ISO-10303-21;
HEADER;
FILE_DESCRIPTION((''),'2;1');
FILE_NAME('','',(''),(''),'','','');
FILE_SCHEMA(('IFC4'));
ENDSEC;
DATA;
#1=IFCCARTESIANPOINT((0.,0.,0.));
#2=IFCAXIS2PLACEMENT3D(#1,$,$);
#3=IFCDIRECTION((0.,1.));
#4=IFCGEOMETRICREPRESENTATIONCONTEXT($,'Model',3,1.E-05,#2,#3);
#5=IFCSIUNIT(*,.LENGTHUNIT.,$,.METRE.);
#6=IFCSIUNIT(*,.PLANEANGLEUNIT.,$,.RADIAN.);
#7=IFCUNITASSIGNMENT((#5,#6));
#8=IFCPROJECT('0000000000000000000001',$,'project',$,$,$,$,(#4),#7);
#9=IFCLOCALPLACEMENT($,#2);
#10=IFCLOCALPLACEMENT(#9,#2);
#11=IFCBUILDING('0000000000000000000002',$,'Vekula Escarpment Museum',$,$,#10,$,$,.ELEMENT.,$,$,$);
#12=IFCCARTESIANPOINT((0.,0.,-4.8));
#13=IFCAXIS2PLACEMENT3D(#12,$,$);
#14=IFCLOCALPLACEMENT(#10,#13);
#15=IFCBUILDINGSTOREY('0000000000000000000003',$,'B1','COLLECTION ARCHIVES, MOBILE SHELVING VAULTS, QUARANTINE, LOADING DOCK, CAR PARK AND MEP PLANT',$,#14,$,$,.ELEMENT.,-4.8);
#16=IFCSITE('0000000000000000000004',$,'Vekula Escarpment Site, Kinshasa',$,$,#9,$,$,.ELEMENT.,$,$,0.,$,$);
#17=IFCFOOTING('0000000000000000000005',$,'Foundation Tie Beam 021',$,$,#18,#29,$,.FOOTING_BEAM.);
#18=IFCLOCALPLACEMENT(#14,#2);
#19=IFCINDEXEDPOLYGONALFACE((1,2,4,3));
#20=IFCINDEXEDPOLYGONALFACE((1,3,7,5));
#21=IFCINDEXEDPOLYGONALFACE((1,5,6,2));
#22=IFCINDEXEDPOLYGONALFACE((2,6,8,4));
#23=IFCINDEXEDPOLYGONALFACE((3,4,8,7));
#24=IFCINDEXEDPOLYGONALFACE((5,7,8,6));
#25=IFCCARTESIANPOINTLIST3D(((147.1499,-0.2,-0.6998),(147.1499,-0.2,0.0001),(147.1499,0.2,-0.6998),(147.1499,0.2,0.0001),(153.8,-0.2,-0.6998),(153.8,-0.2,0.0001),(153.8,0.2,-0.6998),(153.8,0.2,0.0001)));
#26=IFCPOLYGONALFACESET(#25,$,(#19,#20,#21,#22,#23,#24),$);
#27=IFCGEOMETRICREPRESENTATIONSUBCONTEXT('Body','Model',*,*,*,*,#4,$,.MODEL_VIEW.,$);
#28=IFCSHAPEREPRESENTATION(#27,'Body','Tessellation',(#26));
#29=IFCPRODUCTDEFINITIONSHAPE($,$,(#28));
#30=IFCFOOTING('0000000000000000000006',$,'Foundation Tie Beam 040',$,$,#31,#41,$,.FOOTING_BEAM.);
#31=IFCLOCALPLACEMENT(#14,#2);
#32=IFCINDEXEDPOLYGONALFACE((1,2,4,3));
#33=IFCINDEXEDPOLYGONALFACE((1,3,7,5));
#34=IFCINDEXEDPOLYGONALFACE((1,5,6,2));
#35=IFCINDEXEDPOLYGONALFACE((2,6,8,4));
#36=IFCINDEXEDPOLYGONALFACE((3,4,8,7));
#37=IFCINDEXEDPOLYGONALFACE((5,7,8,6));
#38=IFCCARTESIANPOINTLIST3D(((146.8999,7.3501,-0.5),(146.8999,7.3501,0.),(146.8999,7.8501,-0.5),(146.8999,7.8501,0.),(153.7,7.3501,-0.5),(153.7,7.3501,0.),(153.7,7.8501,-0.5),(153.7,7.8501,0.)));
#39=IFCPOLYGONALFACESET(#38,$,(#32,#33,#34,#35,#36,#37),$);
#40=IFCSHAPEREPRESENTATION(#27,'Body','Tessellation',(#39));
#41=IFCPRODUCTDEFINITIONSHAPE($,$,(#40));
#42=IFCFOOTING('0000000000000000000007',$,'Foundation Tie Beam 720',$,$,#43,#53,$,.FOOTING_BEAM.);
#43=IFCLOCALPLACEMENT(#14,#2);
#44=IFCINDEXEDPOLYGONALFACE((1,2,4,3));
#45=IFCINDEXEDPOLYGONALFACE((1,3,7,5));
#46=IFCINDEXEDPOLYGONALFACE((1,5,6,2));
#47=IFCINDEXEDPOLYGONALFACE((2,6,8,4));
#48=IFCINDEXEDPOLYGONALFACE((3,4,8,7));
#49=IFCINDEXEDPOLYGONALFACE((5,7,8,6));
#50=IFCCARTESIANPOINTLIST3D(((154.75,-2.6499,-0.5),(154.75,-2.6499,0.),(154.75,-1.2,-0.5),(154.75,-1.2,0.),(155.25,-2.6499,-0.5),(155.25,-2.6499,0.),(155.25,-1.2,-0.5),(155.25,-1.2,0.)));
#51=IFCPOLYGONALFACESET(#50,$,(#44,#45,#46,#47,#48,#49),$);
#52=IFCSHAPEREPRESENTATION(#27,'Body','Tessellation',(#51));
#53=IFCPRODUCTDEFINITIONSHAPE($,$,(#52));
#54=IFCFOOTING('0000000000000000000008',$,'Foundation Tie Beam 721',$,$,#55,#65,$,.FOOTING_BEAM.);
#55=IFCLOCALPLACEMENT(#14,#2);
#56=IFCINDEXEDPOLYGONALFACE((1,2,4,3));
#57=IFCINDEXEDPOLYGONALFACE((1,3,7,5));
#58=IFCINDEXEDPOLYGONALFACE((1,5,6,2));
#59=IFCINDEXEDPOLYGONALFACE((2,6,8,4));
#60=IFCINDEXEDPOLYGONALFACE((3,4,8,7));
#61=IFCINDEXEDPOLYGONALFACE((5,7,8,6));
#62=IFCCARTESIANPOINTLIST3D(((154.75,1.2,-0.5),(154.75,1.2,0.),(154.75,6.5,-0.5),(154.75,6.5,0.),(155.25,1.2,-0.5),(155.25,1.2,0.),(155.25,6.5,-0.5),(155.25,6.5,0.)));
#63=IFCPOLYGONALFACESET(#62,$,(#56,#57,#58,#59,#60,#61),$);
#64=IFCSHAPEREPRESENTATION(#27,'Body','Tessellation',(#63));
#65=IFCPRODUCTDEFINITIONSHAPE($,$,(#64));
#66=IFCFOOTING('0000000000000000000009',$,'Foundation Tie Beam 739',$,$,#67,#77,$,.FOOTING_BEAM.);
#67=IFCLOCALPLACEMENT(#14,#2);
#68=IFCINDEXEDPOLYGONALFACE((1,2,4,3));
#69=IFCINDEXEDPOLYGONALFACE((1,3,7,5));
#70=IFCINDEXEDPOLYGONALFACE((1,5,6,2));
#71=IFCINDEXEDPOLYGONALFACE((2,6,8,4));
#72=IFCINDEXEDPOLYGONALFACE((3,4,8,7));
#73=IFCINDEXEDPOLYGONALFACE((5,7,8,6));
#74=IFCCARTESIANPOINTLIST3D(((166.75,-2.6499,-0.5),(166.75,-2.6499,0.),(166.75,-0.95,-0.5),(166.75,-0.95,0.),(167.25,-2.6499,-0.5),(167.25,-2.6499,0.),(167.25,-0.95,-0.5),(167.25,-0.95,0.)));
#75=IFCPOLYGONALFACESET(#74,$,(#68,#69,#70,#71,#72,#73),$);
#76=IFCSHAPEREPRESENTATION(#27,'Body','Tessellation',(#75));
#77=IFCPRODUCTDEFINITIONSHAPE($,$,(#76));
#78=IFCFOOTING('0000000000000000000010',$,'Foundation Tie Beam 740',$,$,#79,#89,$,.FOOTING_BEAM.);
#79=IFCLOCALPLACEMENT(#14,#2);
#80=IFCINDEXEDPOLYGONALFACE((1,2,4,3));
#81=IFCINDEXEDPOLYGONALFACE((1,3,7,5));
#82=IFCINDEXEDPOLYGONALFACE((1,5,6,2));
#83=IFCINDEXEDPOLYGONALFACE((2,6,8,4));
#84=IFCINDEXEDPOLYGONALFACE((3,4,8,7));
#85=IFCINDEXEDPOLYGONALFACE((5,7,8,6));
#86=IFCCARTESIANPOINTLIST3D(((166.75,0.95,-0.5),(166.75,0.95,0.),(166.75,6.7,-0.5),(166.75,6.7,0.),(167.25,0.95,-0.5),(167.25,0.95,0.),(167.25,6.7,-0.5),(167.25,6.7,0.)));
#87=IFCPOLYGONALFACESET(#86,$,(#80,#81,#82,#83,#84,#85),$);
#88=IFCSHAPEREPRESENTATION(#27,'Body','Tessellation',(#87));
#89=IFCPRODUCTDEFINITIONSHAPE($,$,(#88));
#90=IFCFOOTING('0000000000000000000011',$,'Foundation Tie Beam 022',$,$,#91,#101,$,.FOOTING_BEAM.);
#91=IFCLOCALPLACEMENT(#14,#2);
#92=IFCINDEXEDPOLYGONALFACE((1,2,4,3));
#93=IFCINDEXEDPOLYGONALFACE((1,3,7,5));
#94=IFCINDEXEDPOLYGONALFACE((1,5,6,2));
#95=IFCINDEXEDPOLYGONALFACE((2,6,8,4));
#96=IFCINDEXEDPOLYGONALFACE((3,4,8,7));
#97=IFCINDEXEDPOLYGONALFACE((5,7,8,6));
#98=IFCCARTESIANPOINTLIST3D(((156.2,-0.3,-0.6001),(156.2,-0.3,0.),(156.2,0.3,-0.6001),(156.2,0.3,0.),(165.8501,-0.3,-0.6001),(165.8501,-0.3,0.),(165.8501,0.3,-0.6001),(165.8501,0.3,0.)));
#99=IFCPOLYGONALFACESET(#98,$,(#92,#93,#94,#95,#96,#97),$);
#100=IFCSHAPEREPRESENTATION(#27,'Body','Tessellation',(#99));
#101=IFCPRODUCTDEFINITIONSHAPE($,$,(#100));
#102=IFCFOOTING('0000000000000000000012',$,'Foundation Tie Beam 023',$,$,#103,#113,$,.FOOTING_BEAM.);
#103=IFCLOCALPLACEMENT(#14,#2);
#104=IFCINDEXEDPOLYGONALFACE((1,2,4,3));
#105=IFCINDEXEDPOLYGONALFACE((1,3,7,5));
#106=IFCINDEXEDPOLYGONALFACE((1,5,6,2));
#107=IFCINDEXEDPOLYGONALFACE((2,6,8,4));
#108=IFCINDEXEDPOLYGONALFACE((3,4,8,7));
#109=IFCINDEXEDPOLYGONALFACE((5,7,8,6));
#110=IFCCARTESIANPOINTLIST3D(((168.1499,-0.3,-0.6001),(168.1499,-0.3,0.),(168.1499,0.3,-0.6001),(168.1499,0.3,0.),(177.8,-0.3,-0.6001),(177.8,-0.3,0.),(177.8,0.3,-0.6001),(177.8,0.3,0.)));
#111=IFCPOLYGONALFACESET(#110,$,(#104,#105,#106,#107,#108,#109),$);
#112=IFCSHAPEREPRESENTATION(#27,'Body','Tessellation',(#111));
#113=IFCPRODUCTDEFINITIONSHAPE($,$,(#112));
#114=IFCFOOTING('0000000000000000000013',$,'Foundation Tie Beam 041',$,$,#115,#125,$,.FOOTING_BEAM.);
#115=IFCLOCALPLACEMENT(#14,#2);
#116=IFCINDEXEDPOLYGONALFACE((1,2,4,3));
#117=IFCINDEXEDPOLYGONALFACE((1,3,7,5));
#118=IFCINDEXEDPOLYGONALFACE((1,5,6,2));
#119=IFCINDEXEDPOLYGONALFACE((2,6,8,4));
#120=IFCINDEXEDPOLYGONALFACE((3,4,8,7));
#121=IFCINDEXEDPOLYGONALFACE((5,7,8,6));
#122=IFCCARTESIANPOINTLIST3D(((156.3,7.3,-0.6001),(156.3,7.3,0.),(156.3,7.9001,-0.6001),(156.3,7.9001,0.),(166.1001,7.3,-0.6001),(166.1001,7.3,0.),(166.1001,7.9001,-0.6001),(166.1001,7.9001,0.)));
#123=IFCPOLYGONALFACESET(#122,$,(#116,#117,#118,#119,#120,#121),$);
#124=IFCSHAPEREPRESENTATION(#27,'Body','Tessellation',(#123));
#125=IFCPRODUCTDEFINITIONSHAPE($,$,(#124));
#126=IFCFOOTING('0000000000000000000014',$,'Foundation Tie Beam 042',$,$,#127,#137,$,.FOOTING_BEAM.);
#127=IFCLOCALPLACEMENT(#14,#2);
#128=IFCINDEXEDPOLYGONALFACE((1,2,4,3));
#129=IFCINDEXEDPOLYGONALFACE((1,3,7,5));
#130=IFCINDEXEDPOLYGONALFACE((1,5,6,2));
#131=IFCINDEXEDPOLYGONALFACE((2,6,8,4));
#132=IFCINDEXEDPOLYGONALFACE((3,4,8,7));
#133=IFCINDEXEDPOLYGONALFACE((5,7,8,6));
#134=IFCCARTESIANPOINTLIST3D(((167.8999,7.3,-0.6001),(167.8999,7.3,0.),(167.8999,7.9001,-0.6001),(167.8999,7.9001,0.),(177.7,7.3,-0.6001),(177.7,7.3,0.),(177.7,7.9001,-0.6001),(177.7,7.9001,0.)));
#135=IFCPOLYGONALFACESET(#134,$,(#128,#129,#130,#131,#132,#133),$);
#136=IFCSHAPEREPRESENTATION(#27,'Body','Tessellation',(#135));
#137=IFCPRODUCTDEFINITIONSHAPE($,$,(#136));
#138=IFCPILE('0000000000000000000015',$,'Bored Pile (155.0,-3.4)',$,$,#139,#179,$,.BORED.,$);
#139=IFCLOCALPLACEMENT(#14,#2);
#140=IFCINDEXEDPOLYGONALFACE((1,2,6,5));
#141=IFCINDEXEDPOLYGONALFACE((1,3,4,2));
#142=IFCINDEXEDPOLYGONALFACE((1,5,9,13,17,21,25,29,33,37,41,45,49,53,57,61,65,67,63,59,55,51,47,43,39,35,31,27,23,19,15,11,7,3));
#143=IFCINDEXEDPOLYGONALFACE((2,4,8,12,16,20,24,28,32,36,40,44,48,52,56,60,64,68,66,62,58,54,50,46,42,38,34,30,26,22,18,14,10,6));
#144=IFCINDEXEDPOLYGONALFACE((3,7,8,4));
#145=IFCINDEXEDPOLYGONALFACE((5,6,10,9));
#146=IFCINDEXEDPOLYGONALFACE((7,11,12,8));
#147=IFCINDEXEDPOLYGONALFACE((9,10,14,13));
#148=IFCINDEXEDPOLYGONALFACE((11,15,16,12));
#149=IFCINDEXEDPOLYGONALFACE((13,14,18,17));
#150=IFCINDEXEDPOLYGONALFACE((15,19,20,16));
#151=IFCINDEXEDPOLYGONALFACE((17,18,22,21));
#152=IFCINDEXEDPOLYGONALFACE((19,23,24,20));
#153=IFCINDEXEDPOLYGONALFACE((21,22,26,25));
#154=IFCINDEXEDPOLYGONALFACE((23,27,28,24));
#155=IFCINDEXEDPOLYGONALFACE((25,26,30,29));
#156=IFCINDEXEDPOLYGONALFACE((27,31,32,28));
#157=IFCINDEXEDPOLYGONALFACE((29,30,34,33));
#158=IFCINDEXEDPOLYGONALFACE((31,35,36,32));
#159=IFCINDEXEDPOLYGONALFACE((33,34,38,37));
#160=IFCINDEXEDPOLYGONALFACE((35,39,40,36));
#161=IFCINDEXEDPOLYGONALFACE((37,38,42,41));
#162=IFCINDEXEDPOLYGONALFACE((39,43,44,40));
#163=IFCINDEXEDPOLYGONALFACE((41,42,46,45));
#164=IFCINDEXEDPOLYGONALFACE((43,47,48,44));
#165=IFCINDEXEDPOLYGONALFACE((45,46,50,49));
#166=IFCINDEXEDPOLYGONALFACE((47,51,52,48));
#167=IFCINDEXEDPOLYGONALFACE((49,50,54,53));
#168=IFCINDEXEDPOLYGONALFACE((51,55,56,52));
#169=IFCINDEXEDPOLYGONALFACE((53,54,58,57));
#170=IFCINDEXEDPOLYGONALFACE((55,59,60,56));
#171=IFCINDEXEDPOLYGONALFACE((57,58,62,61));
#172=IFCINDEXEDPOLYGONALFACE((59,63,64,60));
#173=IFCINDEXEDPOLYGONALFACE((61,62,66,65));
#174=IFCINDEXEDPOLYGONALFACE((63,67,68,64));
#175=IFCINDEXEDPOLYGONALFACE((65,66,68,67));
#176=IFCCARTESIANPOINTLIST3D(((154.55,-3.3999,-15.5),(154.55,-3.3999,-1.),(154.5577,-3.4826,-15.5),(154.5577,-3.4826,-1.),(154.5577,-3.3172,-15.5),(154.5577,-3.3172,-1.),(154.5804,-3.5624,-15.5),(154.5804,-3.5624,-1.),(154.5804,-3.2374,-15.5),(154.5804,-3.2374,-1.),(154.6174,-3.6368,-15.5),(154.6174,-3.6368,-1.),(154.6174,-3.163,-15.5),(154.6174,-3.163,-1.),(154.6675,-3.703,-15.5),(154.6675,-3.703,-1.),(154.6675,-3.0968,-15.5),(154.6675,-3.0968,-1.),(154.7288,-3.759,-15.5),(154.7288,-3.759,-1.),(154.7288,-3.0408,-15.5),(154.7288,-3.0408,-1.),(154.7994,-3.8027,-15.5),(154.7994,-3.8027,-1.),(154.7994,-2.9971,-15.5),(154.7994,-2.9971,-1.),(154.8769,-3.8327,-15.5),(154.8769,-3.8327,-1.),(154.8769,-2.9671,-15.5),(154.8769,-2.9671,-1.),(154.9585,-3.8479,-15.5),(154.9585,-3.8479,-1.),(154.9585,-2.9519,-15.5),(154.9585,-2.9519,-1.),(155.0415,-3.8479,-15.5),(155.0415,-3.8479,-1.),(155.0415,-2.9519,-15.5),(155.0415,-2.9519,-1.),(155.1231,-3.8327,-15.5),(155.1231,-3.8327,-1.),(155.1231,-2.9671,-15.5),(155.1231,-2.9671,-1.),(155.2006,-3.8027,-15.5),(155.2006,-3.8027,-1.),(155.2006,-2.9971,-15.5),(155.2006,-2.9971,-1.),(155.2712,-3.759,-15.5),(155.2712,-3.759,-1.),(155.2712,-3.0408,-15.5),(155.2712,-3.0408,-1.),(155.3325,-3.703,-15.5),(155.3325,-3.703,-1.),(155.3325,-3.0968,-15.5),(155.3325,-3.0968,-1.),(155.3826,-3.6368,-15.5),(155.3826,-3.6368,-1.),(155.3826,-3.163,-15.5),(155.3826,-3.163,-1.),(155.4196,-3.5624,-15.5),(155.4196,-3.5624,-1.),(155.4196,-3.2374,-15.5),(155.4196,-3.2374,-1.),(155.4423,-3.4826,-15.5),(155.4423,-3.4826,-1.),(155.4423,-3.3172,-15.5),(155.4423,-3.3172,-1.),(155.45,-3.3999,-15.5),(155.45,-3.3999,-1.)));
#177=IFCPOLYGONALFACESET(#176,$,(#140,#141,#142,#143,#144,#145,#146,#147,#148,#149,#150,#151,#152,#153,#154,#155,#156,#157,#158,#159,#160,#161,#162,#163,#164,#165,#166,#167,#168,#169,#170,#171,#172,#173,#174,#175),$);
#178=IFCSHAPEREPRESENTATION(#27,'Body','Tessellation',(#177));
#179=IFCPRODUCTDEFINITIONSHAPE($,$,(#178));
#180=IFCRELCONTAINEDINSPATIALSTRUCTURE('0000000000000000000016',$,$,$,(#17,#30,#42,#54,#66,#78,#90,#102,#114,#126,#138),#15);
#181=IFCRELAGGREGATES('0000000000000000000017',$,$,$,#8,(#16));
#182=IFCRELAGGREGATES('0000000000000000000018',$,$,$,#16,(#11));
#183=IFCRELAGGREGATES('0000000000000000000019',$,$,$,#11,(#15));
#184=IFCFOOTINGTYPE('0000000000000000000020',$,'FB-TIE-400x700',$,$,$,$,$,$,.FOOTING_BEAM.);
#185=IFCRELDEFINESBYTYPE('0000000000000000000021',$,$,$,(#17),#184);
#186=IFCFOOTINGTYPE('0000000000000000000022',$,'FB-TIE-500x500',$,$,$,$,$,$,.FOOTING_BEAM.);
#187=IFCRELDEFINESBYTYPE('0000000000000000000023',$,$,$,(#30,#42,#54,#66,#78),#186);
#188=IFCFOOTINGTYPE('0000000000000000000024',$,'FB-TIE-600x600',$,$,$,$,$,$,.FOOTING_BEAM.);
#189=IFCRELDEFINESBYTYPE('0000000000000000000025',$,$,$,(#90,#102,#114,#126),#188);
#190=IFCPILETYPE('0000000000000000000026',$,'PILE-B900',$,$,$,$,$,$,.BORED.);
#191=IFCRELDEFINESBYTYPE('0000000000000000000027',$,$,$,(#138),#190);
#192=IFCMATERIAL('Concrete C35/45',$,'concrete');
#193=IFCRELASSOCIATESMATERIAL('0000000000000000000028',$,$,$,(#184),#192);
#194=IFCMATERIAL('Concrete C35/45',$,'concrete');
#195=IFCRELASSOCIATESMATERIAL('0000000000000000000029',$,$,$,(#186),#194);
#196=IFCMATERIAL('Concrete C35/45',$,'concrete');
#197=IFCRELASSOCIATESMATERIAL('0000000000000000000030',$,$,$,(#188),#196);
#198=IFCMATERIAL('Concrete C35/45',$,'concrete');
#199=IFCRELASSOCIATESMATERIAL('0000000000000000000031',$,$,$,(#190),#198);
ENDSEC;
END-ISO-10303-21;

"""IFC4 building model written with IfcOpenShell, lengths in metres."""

from ifc_helpers import new_model, si_unit, direction, frame, origin, origin_2d, place, context, subcontext, project, spatial, rectangle, circle, extrude, material, material_profile, profile_set, type_object, element, save


model = new_model("IFC4")

# Units and contexts
model_context = context("Model", 3, precision=1e-05, world=origin(), true_north=direction((0.0, 1.0)))
body_context = subcontext(model_context, "Body", "Model", "MODEL_VIEW")
ifc_project = project(units=[si_unit("LENGTHUNIT", "METRE"), si_unit("PLANEANGLEUNIT", "RADIAN")], contexts=[model_context])

# Site, building, storey
site_placement = place(None, origin())
site = spatial("IfcSite", under=ifc_project, at=site_placement, Name="Vekula Escarpment Site, Kinshasa", CompositionType="ELEMENT", RefElevation=0.0)
building_placement = place(site_placement, origin())
building = spatial("IfcBuilding", under=site, at=building_placement, Name="Vekula Escarpment Museum", CompositionType="ELEMENT")
storey_placement = place(building_placement, frame((0.0, 0.0, -4.8)))
storey = spatial("IfcBuildingStorey", under=building, at=storey_placement, Name="B1", Description="COLLECTION ARCHIVES, MOBILE SHELVING VAULTS, QUARANTINE, LOADING DOCK, CAR PARK AND MEP PLANT", CompositionType="ELEMENT", Elevation=-4.8)

# Footings
ifc_material_1 = material(Name="Concrete C35/45", Category="concrete")
ifc_material_profile_1 = material_profile(ifc_material_1, rectangle(XDim=0.3999, YDim=0.7, at=origin_2d()), Name="RC 400x700")
ifc_profile_set_1 = profile_set([ifc_material_profile_1], Name="Concrete C35/45")
footing_type_1 = type_object("IfcFootingType", Name="FB-TIE-400x700", PredefinedType="FOOTING_BEAM", material=ifc_profile_set_1)
footing_1_placement = place(storey_placement, frame((147.1499, 0.0, -0.3499), z_axis=(1.0, 0.0, 0.0), x_axis=(0.0, 1.0, 0.0)))
element("IfcFooting", 1, at=footing_1_placement, inside=storey, type_object=footing_type_1, Name="Foundation Tie Beam 021", PredefinedType="FOOTING_BEAM", context=body_context, shape_type="SweptSolid", body=[
    extrude(rectangle(XDim=0.3999, YDim=0.7, at=origin_2d()), origin(), (0.0, 0.0, 1.0), 6.6501),
])
ifc_material_2 = material(Name="Concrete C35/45", Category="concrete")
ifc_material_profile_2 = material_profile(ifc_material_2, rectangle(XDim=0.5, YDim=0.5, at=origin_2d()), Name="RC 500x500")
ifc_profile_set_2 = profile_set([ifc_material_profile_2], Name="Concrete C35/45")
footing_type_2 = type_object("IfcFootingType", Name="FB-TIE-500x500", PredefinedType="FOOTING_BEAM", material=ifc_profile_set_2)
footing_2_placement = place(storey_placement, frame((146.8999, 7.6001, -0.25), z_axis=(1.0, 0.0, 0.0), x_axis=(0.0, 1.0, 0.0)))
element("IfcFooting", 2, at=footing_2_placement, inside=storey, type_object=footing_type_2, Name="Foundation Tie Beam 040", PredefinedType="FOOTING_BEAM", context=body_context, shape_type="SweptSolid", body=[
    extrude(rectangle(XDim=0.5, YDim=0.5, at=origin_2d()), origin(), (0.0, 0.0, 1.0), 6.8),
])
footing_3_placement = place(storey_placement, frame((155.0, -2.6499, -0.25), z_axis=(0.0, 1.0, 0.0), x_axis=(-1.0, 0.0, 0.0)))
element("IfcFooting", 3, at=footing_3_placement, inside=storey, type_object=footing_type_2, Name="Foundation Tie Beam 720", PredefinedType="FOOTING_BEAM", context=body_context, shape_type="SweptSolid", body=[
    extrude(rectangle(XDim=0.5, YDim=0.5, at=origin_2d()), origin(), (0.0, 0.0, 1.0), 1.45),
])
footing_4_placement = place(storey_placement, frame((155.0, 1.2, -0.25), z_axis=(0.0, 1.0, 0.0), x_axis=(-1.0, 0.0, 0.0)))
element("IfcFooting", 4, at=footing_4_placement, inside=storey, type_object=footing_type_2, Name="Foundation Tie Beam 721", PredefinedType="FOOTING_BEAM", context=body_context, shape_type="SweptSolid", body=[
    extrude(rectangle(XDim=0.5, YDim=0.5, at=origin_2d()), origin(), (0.0, 0.0, 1.0), 5.3),
])
footing_5_placement = place(storey_placement, frame((167.0, -2.6499, -0.25), z_axis=(0.0, 1.0, 0.0), x_axis=(-1.0, 0.0, 0.0)))
element("IfcFooting", 5, at=footing_5_placement, inside=storey, type_object=footing_type_2, Name="Foundation Tie Beam 739", PredefinedType="FOOTING_BEAM", context=body_context, shape_type="SweptSolid", body=[
    extrude(rectangle(XDim=0.5, YDim=0.5, at=origin_2d()), origin(), (0.0, 0.0, 1.0), 1.7),
])
footing_6_placement = place(storey_placement, frame((167.0, 0.95, -0.25), z_axis=(0.0, 1.0, 0.0), x_axis=(-1.0, 0.0, 0.0)))
element("IfcFooting", 6, at=footing_6_placement, inside=storey, type_object=footing_type_2, Name="Foundation Tie Beam 740", PredefinedType="FOOTING_BEAM", context=body_context, shape_type="SweptSolid", body=[
    extrude(rectangle(XDim=0.5, YDim=0.5, at=origin_2d()), origin(), (0.0, 0.0, 1.0), 5.75),
])
ifc_material_3 = material(Name="Concrete C35/45", Category="concrete")
ifc_material_profile_3 = material_profile(ifc_material_3, rectangle(XDim=0.6001, YDim=0.6001, at=origin_2d()), Name="RC 600x600")
ifc_profile_set_3 = profile_set([ifc_material_profile_3], Name="Concrete C35/45")
footing_type_3 = type_object("IfcFootingType", Name="FB-TIE-600x600", PredefinedType="FOOTING_BEAM", material=ifc_profile_set_3)
for number, where, z_axis, x_axis, name in (
    (7, (156.2, 0.0, -0.3), (1.0, 0.0, 0.0), (0.0, 1.0, 0.0), "Foundation Tie Beam 022"),
    (8, (168.1499, 0.0, -0.3), (1.0, 0.0, 0.0), (0.0, 1.0, 0.0), "Foundation Tie Beam 023"),
):
    element("IfcFooting", number, at=place(storey_placement, frame(where, z_axis=z_axis, x_axis=x_axis)), inside=storey, type_object=footing_type_3, Name=name, PredefinedType="FOOTING_BEAM", context=body_context, shape_type="SweptSolid", body=[
        extrude(rectangle(XDim=0.6001, YDim=0.6001, at=origin_2d()), origin(), (0.0, 0.0, 1.0), 9.6501),
    ])
for number, where, z_axis, x_axis, name in (
    (9, (156.3, 7.6001, -0.3), (1.0, 0.0, 0.0), (0.0, 1.0, 0.0), "Foundation Tie Beam 041"),
    (10, (167.8999, 7.6001, -0.3), (1.0, 0.0, 0.0), (0.0, 1.0, 0.0), "Foundation Tie Beam 042"),
):
    element("IfcFooting", number, at=place(storey_placement, frame(where, z_axis=z_axis, x_axis=x_axis)), inside=storey, type_object=footing_type_3, Name=name, PredefinedType="FOOTING_BEAM", context=body_context, shape_type="SweptSolid", body=[
        extrude(rectangle(XDim=0.6001, YDim=0.6001, at=origin_2d()), origin(), (0.0, 0.0, 1.0), 9.8),
    ])

# Pile
ifc_material_4 = material(Name="Concrete C35/45", Category="concrete")
ifc_material_profile_4 = material_profile(ifc_material_4, circle(Radius=0.45, at=origin_2d()), Name="BORED PILE 900")
ifc_profile_set_4 = profile_set([ifc_material_profile_4], Name="Concrete C35/45")
pile_type = type_object("IfcPileType", Name="PILE-B900", PredefinedType="BORED", material=ifc_profile_set_4)
for number, where, z_axis, x_axis, name in (
    (11, (155.0, -3.3999, -1.0), (0.0, 0.0, -1.0), (1.0, 0.0, 0.0), "Bored Pile (155.0,-3.4)"),
):
    element("IfcPile", number, at=place(storey_placement, frame(where, z_axis=z_axis, x_axis=x_axis)), inside=storey, type_object=pile_type, Name=name, PredefinedType="BORED", context=body_context, shape_type="SweptSolid", body=[
        extrude(circle(Radius=0.45, at=origin_2d()), origin(), (0.0, 0.0, 1.0), 14.5),
    ])

save(model, "model.ifc")
